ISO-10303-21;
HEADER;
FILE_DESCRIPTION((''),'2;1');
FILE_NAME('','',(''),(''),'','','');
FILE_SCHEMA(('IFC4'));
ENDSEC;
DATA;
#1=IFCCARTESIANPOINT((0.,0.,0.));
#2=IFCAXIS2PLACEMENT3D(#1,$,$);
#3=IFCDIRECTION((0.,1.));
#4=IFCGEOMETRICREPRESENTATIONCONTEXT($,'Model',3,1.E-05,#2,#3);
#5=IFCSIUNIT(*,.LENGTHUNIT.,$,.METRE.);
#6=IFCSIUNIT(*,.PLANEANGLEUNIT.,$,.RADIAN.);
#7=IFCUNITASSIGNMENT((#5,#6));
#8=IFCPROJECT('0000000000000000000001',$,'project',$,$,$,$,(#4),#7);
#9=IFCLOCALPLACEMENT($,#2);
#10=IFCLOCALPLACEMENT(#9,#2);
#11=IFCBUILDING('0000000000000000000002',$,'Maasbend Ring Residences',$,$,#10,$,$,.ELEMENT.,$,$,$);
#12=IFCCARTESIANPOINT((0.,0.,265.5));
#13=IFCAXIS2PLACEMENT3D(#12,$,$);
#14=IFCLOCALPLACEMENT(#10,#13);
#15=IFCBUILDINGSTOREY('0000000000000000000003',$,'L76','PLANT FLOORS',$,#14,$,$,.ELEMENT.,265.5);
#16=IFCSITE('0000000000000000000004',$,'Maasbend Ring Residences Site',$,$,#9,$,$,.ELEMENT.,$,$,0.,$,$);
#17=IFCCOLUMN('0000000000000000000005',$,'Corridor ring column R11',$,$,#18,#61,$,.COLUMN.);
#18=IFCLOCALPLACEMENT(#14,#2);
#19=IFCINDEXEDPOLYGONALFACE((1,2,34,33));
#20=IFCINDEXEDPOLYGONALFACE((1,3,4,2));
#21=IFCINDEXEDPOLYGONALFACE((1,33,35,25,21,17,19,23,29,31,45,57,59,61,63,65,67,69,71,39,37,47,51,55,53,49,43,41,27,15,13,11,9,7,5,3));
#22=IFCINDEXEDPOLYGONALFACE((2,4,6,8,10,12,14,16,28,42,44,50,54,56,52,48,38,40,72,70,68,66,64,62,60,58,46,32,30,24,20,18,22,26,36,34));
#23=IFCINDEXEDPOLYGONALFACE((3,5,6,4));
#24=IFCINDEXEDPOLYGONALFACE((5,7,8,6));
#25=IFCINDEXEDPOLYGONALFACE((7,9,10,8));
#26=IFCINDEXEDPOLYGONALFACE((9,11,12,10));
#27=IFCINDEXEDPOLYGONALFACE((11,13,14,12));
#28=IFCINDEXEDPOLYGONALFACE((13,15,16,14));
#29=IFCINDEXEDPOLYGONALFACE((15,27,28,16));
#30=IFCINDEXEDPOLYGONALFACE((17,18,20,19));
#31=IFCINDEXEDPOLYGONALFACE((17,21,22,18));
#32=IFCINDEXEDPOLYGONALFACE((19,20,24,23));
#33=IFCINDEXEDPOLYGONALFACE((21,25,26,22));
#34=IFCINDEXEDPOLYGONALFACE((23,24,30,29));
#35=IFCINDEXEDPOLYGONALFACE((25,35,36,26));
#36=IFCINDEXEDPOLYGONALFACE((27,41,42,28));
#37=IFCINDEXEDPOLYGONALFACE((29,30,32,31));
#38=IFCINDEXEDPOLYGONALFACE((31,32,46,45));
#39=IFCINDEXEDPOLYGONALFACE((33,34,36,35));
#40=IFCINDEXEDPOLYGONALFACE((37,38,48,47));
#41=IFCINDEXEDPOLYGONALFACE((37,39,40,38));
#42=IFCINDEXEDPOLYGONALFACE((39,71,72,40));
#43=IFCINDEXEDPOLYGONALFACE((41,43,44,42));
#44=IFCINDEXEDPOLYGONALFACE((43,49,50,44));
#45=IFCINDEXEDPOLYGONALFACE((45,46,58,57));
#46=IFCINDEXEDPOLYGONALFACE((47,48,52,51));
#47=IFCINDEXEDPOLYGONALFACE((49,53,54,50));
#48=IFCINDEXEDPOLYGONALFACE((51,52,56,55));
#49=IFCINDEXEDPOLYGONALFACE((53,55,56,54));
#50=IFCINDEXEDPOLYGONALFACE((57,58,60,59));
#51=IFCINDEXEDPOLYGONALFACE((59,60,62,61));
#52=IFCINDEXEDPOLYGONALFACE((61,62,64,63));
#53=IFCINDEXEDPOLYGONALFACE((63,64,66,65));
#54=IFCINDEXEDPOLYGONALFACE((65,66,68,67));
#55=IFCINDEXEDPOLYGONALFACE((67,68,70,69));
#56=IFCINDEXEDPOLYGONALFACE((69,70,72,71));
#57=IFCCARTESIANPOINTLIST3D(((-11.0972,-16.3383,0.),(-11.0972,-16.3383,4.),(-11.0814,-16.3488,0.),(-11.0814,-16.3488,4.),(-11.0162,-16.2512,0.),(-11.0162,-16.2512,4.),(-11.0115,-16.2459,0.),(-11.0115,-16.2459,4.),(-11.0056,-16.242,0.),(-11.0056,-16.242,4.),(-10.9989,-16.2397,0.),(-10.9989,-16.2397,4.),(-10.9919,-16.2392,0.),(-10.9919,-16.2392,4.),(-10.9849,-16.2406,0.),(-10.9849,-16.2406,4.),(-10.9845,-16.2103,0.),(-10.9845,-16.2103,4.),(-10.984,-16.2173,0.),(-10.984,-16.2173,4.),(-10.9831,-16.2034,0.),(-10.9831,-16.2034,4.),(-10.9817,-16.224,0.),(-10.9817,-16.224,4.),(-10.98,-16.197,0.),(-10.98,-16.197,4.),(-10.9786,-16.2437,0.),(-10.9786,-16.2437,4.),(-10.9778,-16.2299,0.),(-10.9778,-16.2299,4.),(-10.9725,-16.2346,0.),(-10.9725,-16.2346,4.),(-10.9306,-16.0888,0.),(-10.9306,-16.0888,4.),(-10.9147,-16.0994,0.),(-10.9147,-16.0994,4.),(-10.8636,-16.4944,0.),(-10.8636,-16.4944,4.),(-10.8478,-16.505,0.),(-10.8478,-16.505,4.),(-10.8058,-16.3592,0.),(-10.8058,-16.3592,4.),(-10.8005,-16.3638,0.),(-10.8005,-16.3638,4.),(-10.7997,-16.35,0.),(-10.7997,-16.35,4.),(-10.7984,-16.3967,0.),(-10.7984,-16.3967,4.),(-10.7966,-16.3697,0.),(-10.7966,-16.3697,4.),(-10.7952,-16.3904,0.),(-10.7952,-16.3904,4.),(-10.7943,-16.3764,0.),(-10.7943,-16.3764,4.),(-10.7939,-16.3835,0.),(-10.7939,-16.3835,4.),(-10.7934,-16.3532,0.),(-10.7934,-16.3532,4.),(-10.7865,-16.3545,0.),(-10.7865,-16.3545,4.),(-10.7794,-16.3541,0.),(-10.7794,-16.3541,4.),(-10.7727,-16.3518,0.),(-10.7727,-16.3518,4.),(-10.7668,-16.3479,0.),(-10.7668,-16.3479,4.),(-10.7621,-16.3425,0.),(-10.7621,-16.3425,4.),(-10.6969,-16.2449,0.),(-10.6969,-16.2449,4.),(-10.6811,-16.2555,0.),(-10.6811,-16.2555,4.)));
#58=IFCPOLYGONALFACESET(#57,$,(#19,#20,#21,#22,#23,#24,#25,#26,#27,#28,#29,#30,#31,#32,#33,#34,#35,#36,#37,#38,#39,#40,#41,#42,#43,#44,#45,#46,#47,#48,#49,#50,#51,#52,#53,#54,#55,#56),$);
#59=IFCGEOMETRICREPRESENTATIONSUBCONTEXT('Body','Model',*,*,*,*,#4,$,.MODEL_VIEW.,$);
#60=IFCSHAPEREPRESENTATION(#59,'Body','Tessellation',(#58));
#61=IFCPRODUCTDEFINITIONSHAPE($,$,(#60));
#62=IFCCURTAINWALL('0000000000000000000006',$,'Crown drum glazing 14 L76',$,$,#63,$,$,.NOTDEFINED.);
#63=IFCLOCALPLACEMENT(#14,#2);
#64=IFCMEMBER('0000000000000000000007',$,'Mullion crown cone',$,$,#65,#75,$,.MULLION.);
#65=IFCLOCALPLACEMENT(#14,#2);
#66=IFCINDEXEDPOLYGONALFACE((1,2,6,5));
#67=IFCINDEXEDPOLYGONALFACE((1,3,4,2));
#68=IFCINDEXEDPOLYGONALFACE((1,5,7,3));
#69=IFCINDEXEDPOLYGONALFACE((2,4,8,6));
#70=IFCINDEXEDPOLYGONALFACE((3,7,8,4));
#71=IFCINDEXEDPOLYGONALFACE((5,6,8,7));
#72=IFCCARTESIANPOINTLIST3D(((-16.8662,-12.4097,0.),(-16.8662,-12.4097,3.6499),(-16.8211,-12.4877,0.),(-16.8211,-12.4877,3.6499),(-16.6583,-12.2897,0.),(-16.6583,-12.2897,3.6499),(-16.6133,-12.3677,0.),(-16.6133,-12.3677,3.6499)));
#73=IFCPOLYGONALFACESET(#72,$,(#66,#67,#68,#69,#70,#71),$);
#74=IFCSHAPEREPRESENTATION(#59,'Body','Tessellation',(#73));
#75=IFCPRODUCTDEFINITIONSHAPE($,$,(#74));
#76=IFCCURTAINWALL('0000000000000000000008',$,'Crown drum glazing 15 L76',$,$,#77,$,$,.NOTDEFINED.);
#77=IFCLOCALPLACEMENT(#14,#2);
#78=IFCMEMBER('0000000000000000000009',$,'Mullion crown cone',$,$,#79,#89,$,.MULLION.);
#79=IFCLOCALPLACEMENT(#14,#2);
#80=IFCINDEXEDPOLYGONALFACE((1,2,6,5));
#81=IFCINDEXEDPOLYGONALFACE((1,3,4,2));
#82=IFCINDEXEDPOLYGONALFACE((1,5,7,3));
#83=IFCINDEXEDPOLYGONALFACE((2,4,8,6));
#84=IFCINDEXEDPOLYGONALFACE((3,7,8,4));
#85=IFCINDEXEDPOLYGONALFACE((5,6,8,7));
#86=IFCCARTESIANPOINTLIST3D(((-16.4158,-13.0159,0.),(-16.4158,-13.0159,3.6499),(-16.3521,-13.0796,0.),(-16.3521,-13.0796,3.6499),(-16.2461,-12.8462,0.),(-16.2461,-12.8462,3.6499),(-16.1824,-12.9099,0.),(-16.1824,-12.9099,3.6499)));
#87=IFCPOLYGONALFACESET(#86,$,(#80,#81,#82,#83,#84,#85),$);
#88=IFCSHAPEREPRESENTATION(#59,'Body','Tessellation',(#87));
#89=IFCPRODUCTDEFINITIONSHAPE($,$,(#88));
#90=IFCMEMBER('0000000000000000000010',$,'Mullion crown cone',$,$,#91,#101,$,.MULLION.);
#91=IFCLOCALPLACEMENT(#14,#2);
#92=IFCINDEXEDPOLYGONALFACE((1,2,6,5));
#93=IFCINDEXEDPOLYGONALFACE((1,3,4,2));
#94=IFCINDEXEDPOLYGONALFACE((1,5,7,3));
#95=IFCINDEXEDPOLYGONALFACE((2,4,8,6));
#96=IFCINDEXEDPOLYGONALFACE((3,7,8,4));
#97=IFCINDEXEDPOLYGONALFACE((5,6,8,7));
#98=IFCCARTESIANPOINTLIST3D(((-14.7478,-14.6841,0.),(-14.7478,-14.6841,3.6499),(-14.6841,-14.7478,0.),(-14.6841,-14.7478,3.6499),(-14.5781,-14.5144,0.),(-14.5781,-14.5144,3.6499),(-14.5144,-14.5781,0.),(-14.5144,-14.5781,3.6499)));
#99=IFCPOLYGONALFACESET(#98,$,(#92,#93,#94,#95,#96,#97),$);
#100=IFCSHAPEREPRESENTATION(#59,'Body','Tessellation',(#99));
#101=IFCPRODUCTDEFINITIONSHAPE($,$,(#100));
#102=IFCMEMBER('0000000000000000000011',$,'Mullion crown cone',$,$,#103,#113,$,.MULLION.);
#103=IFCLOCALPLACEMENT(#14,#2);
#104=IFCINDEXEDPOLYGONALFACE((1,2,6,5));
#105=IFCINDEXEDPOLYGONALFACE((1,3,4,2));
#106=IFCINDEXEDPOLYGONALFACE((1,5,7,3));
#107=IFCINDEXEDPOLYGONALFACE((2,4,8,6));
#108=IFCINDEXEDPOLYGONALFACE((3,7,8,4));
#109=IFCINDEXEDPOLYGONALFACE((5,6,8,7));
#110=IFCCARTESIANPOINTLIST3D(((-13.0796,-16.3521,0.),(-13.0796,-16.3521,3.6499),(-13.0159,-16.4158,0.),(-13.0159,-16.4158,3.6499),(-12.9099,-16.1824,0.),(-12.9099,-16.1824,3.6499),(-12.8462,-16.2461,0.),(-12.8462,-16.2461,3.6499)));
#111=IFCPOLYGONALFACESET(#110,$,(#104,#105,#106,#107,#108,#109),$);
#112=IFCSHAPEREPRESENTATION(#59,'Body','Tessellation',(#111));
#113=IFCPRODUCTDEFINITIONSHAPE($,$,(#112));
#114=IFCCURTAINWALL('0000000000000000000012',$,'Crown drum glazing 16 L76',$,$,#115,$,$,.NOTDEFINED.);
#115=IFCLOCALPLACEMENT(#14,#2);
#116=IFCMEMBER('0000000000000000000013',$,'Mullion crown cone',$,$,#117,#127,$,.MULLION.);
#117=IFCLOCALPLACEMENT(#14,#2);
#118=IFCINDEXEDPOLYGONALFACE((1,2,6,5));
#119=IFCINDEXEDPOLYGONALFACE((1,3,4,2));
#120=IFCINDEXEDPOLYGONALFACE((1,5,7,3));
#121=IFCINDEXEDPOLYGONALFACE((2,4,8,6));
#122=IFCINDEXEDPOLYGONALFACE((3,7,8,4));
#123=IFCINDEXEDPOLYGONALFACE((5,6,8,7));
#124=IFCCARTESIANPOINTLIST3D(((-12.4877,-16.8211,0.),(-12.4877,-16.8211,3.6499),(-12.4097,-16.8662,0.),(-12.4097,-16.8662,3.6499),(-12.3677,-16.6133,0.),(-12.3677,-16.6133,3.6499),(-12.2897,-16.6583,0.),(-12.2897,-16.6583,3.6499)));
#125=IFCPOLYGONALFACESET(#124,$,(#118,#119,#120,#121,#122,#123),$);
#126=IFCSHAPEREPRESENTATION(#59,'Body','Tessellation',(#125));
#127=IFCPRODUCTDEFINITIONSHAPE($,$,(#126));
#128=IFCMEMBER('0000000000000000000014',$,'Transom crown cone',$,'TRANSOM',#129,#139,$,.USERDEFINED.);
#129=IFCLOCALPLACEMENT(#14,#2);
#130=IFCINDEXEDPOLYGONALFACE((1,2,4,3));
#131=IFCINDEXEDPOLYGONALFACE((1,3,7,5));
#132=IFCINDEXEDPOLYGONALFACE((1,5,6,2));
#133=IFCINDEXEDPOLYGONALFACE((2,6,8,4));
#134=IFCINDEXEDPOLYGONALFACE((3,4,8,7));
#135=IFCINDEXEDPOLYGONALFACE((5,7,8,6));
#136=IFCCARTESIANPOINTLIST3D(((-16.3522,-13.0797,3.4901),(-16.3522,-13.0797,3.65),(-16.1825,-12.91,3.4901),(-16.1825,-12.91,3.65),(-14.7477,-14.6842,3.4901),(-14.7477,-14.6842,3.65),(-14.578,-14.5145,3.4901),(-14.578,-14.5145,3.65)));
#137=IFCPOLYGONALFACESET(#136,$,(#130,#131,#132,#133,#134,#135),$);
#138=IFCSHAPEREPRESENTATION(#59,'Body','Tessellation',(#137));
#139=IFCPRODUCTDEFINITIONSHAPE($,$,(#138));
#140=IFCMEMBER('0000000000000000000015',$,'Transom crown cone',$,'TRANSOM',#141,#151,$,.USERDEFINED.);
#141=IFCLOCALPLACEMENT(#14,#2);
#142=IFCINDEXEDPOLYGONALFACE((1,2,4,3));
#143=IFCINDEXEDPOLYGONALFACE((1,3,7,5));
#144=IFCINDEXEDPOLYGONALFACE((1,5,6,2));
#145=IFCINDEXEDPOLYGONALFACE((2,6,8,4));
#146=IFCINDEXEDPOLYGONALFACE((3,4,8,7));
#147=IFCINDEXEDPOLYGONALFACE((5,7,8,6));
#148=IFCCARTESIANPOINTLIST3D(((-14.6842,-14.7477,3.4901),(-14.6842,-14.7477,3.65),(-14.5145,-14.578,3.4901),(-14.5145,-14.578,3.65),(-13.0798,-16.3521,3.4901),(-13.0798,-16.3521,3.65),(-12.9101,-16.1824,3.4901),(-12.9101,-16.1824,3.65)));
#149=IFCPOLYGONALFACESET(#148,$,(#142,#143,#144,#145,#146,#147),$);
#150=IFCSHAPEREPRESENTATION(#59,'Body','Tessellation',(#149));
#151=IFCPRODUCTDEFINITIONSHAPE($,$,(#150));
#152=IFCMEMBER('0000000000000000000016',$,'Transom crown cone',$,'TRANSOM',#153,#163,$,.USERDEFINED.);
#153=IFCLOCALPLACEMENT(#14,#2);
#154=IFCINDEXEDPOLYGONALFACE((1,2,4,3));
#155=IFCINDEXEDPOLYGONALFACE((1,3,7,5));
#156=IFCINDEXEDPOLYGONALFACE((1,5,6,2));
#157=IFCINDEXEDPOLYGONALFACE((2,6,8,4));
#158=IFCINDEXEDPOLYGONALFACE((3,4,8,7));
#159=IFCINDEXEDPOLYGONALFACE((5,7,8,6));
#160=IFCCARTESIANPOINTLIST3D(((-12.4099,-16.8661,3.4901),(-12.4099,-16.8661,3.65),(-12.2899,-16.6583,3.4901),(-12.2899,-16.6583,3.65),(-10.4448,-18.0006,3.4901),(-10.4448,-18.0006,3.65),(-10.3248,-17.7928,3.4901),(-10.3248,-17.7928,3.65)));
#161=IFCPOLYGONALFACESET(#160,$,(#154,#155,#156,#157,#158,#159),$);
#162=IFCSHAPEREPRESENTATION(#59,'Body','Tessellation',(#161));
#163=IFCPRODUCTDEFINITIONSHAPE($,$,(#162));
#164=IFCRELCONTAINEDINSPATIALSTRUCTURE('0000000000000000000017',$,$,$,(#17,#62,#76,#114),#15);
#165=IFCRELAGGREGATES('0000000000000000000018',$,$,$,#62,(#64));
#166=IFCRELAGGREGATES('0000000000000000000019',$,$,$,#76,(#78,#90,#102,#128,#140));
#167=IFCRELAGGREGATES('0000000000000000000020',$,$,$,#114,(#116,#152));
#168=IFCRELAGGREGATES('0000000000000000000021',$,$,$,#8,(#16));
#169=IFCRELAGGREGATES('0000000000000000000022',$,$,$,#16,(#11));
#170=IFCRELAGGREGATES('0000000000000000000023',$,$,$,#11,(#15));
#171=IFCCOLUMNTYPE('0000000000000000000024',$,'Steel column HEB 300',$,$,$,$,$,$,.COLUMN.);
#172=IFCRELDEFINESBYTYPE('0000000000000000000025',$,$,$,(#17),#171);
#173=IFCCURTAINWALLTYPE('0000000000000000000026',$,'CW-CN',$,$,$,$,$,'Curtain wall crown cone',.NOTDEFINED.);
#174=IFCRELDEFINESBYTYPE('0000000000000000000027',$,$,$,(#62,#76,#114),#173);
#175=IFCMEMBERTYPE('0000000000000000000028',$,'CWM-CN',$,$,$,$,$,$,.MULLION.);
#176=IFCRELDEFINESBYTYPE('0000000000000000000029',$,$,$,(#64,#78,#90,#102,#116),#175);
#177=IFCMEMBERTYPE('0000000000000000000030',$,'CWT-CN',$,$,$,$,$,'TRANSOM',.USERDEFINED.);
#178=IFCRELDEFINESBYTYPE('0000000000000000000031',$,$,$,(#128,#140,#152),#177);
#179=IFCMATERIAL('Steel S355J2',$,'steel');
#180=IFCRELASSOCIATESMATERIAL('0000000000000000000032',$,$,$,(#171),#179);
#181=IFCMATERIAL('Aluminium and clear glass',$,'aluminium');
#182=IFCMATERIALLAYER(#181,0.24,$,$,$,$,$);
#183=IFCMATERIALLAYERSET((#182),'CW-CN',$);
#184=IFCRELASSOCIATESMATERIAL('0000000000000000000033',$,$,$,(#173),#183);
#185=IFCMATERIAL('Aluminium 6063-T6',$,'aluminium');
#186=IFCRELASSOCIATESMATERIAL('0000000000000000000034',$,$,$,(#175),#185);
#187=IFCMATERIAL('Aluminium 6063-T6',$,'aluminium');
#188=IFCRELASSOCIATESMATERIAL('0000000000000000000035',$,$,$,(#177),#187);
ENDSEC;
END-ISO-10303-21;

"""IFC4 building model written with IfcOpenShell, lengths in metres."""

from ifc_helpers import new_model, si_unit, direction, frame, origin, origin_2d, place, context, subcontext, project, spatial, rectangle, i_section, extrude, material, layer, layer_set, material_profile, profile_set, type_object, element, aggregate, save


model = new_model("IFC4")

# Units and contexts
model_context = context("Model", 3, precision=1e-05, world=origin(), true_north=direction((0.0, 1.0)))
body_context = subcontext(model_context, "Body", "Model", "MODEL_VIEW")
ifc_project = project(units=[si_unit("LENGTHUNIT", "METRE"), si_unit("PLANEANGLEUNIT", "RADIAN")], contexts=[model_context])

# Site, building, storey
site_placement = place(None, origin())
site = spatial("IfcSite", under=ifc_project, at=site_placement, Name="Maasbend Ring Residences Site", CompositionType="ELEMENT", RefElevation=0.0)
building_placement = place(site_placement, origin())
building = spatial("IfcBuilding", under=site, at=building_placement, Name="Maasbend Ring Residences", CompositionType="ELEMENT")
storey_placement = place(building_placement, frame((0.0, 0.0, 265.5)))
storey = spatial("IfcBuildingStorey", under=building, at=storey_placement, Name="L76", Description="PLANT FLOORS", CompositionType="ELEMENT", Elevation=265.5)

# Column
ifc_material_1 = material(Name="Steel S355J2", Category="steel")
ifc_material_profile_1 = material_profile(ifc_material_1, i_section(OverallWidth=0.3, OverallDepth=0.3, WebThickness=0.011, FlangeThickness=0.019, FilletRadius=0.0271, at=origin_2d()), Name="HEB 300")
ifc_profile_set_1 = profile_set([ifc_material_profile_1], Name="Steel S355J2")
column_type = type_object("IfcColumnType", Name="Steel column HEB 300", PredefinedType="COLUMN", material=ifc_profile_set_1)
column_placement = place(storey_placement, frame((-10.8892, -16.2969, 0.0), z_axis=(0.0, 0.0, 1.0), x_axis=(-0.55557, -0.83147, 0.0)))
element("IfcColumn", 1, at=column_placement, inside=storey, type_object=column_type, Name="Corridor ring column R11", PredefinedType="COLUMN", context=body_context, shape_type="SweptSolid", body=[
    extrude(i_section(OverallWidth=0.3, OverallDepth=0.3, WebThickness=0.011, FlangeThickness=0.019, FilletRadius=0.0271, at=origin_2d()), origin(), (0.0, 0.0, 1.0), 4.0),
])

# Curtain wall, member
ifc_material_2 = material(Name="Aluminium and clear glass", Category="aluminium")
ifc_layer_1 = layer(ifc_material_2, 0.24)
ifc_layer_set_1 = layer_set([ifc_layer_1], Name="CW-CN")
curtain_wall_type = type_object("IfcCurtainWallType", Name="CW-CN", ElementType="Curtain wall crown cone", PredefinedType="NOTDEFINED", material=ifc_layer_set_1)
curtain_wall_1_placement = place(storey_placement, origin())
curtain_wall_1 = element("IfcCurtainWall", 2, at=curtain_wall_1_placement, inside=storey, type_object=curtain_wall_type, Name="Crown drum glazing 14 L76", PredefinedType="NOTDEFINED")
ifc_material_3 = material(Name="Aluminium 6063-T6", Category="aluminium")
ifc_material_profile_2 = material_profile(ifc_material_3, rectangle(XDim=0.24, YDim=0.0901, at=origin_2d()), Name="AL 240x90")
ifc_profile_set_2 = profile_set([ifc_material_profile_2], Name="Aluminium 6063-T6")
member_type_1 = type_object("IfcMemberType", Name="CWM-CN", PredefinedType="MULLION", material=ifc_profile_set_2)
member_1_placement = place(storey_placement, frame((-16.7397, -12.3887, 0.0), z_axis=(0.0, 0.0, 1.0), x_axis=(0.866025, 0.5, 0.0)))
member_1 = element("IfcMember", 3, at=member_1_placement, type_object=member_type_1, Name="Mullion crown cone", PredefinedType="MULLION", context=body_context, shape_type="SweptSolid", body=[
    extrude(rectangle(XDim=0.24, YDim=0.0901, at=origin_2d()), origin(), (0.0, 0.0, 1.0), 3.6499),
])

# Curtain wall, members
curtain_wall_2_placement = place(storey_placement, origin())
curtain_wall_2 = element("IfcCurtainWall", 4, at=curtain_wall_2_placement, inside=storey, type_object=curtain_wall_type, Name="Crown drum glazing 15 L76", PredefinedType="NOTDEFINED")
member_2_placement = place(storey_placement, frame((-16.2991, -12.9629, 0.0), z_axis=(0.0, 0.0, 1.0), x_axis=(0.707107, 0.707107, 0.0)))
member_2 = element("IfcMember", 5, at=member_2_placement, type_object=member_type_1, Name="Mullion crown cone", PredefinedType="MULLION", context=body_context, shape_type="SweptSolid", body=[
    extrude(rectangle(XDim=0.24, YDim=0.0901, at=origin_2d()), origin(), (0.0, 0.0, 1.0), 3.6499),
])
member_3_placement = place(storey_placement, frame((-14.6311, -14.6311, 0.0), z_axis=(0.0, 0.0, 1.0), x_axis=(0.707107, 0.707107, 0.0)))
member_3 = element("IfcMember", 6, at=member_3_placement, type_object=member_type_1, Name="Mullion crown cone", PredefinedType="MULLION", context=body_context, shape_type="SweptSolid", body=[
    extrude(rectangle(XDim=0.24, YDim=0.0901, at=origin_2d()), origin(), (0.0, 0.0, 1.0), 3.6499),
])
member_4_placement = place(storey_placement, frame((-12.9629, -16.2991, 0.0), z_axis=(0.0, 0.0, 1.0), x_axis=(0.707107, 0.707107, 0.0)))
member_4 = element("IfcMember", 7, at=member_4_placement, type_object=member_type_1, Name="Mullion crown cone", PredefinedType="MULLION", context=body_context, shape_type="SweptSolid", body=[
    extrude(rectangle(XDim=0.24, YDim=0.0901, at=origin_2d()), origin(), (0.0, 0.0, 1.0), 3.6499),
])

# Curtain wall, member
curtain_wall_3_placement = place(storey_placement, origin())
curtain_wall_3 = element("IfcCurtainWall", 8, at=curtain_wall_3_placement, inside=storey, type_object=curtain_wall_type, Name="Crown drum glazing 16 L76", PredefinedType="NOTDEFINED")
member_5_placement = place(storey_placement, frame((-12.3887, -16.7397, 0.0), z_axis=(0.0, 0.0, 1.0), x_axis=(0.5, 0.866025, 0.0)))
member_5 = element("IfcMember", 9, at=member_5_placement, type_object=member_type_1, Name="Mullion crown cone", PredefinedType="MULLION", context=body_context, shape_type="SweptSolid", body=[
    extrude(rectangle(XDim=0.24, YDim=0.0901, at=origin_2d()), origin(), (0.0, 0.0, 1.0), 3.6499),
])

# Members
ifc_material_4 = material(Name="Aluminium 6063-T6", Category="aluminium")
ifc_material_profile_3 = material_profile(ifc_material_4, rectangle(XDim=0.24, YDim=0.1599, at=origin_2d()), Name="AL 240x160")
ifc_profile_set_3 = profile_set([ifc_material_profile_3], Name="Aluminium 6063-T6")
member_type_2 = type_object("IfcMemberType", Name="CWT-CN", ElementType="TRANSOM", PredefinedType="USERDEFINED", material=ifc_profile_set_3)
member_6_placement = place(storey_placement, frame((-16.2673, -12.9949, 3.5701), z_axis=(0.707107, -0.707107, 0.0), x_axis=(0.707107, 0.707107, 0.0)))
member_6 = element("IfcMember", 10, at=member_6_placement, type_object=member_type_2, Name="Transom crown cone", ObjectType="TRANSOM", PredefinedType="USERDEFINED", context=body_context, shape_type="SweptSolid", body=[
    extrude(rectangle(XDim=0.24, YDim=0.1599, at=origin_2d()), origin(), (0.0, 0.0, 1.0), 2.269),
])
member_7_placement = place(storey_placement, frame((-14.5994, -14.6628, 3.5701), z_axis=(0.707107, -0.707107, 0.0), x_axis=(0.707107, 0.707107, 0.0)))
member_7 = element("IfcMember", 11, at=member_7_placement, type_object=member_type_2, Name="Transom crown cone", ObjectType="TRANSOM", PredefinedType="USERDEFINED", context=body_context, shape_type="SweptSolid", body=[
    extrude(rectangle(XDim=0.24, YDim=0.1599, at=origin_2d()), origin(), (0.0, 0.0, 1.0), 2.269),
])
member_8_placement = place(storey_placement, frame((-12.3499, -16.7622, 3.5701), z_axis=(0.86603, -0.499993, 0.0), x_axis=(0.499993, 0.86603, 0.0)))
member_8 = element("IfcMember", 12, at=member_8_placement, type_object=member_type_2, Name="Transom crown cone", ObjectType="TRANSOM", PredefinedType="USERDEFINED", context=body_context, shape_type="SweptSolid", body=[
    extrude(rectangle(XDim=0.24, YDim=0.1599, at=origin_2d()), origin(), (0.0, 0.0, 1.0), 2.269),
])

aggregate(curtain_wall_1, [member_1])
aggregate(curtain_wall_2, [member_2, member_3, member_4, member_6, member_7])
aggregate(curtain_wall_3, [member_5, member_8])

save(model, "model.ifc")
